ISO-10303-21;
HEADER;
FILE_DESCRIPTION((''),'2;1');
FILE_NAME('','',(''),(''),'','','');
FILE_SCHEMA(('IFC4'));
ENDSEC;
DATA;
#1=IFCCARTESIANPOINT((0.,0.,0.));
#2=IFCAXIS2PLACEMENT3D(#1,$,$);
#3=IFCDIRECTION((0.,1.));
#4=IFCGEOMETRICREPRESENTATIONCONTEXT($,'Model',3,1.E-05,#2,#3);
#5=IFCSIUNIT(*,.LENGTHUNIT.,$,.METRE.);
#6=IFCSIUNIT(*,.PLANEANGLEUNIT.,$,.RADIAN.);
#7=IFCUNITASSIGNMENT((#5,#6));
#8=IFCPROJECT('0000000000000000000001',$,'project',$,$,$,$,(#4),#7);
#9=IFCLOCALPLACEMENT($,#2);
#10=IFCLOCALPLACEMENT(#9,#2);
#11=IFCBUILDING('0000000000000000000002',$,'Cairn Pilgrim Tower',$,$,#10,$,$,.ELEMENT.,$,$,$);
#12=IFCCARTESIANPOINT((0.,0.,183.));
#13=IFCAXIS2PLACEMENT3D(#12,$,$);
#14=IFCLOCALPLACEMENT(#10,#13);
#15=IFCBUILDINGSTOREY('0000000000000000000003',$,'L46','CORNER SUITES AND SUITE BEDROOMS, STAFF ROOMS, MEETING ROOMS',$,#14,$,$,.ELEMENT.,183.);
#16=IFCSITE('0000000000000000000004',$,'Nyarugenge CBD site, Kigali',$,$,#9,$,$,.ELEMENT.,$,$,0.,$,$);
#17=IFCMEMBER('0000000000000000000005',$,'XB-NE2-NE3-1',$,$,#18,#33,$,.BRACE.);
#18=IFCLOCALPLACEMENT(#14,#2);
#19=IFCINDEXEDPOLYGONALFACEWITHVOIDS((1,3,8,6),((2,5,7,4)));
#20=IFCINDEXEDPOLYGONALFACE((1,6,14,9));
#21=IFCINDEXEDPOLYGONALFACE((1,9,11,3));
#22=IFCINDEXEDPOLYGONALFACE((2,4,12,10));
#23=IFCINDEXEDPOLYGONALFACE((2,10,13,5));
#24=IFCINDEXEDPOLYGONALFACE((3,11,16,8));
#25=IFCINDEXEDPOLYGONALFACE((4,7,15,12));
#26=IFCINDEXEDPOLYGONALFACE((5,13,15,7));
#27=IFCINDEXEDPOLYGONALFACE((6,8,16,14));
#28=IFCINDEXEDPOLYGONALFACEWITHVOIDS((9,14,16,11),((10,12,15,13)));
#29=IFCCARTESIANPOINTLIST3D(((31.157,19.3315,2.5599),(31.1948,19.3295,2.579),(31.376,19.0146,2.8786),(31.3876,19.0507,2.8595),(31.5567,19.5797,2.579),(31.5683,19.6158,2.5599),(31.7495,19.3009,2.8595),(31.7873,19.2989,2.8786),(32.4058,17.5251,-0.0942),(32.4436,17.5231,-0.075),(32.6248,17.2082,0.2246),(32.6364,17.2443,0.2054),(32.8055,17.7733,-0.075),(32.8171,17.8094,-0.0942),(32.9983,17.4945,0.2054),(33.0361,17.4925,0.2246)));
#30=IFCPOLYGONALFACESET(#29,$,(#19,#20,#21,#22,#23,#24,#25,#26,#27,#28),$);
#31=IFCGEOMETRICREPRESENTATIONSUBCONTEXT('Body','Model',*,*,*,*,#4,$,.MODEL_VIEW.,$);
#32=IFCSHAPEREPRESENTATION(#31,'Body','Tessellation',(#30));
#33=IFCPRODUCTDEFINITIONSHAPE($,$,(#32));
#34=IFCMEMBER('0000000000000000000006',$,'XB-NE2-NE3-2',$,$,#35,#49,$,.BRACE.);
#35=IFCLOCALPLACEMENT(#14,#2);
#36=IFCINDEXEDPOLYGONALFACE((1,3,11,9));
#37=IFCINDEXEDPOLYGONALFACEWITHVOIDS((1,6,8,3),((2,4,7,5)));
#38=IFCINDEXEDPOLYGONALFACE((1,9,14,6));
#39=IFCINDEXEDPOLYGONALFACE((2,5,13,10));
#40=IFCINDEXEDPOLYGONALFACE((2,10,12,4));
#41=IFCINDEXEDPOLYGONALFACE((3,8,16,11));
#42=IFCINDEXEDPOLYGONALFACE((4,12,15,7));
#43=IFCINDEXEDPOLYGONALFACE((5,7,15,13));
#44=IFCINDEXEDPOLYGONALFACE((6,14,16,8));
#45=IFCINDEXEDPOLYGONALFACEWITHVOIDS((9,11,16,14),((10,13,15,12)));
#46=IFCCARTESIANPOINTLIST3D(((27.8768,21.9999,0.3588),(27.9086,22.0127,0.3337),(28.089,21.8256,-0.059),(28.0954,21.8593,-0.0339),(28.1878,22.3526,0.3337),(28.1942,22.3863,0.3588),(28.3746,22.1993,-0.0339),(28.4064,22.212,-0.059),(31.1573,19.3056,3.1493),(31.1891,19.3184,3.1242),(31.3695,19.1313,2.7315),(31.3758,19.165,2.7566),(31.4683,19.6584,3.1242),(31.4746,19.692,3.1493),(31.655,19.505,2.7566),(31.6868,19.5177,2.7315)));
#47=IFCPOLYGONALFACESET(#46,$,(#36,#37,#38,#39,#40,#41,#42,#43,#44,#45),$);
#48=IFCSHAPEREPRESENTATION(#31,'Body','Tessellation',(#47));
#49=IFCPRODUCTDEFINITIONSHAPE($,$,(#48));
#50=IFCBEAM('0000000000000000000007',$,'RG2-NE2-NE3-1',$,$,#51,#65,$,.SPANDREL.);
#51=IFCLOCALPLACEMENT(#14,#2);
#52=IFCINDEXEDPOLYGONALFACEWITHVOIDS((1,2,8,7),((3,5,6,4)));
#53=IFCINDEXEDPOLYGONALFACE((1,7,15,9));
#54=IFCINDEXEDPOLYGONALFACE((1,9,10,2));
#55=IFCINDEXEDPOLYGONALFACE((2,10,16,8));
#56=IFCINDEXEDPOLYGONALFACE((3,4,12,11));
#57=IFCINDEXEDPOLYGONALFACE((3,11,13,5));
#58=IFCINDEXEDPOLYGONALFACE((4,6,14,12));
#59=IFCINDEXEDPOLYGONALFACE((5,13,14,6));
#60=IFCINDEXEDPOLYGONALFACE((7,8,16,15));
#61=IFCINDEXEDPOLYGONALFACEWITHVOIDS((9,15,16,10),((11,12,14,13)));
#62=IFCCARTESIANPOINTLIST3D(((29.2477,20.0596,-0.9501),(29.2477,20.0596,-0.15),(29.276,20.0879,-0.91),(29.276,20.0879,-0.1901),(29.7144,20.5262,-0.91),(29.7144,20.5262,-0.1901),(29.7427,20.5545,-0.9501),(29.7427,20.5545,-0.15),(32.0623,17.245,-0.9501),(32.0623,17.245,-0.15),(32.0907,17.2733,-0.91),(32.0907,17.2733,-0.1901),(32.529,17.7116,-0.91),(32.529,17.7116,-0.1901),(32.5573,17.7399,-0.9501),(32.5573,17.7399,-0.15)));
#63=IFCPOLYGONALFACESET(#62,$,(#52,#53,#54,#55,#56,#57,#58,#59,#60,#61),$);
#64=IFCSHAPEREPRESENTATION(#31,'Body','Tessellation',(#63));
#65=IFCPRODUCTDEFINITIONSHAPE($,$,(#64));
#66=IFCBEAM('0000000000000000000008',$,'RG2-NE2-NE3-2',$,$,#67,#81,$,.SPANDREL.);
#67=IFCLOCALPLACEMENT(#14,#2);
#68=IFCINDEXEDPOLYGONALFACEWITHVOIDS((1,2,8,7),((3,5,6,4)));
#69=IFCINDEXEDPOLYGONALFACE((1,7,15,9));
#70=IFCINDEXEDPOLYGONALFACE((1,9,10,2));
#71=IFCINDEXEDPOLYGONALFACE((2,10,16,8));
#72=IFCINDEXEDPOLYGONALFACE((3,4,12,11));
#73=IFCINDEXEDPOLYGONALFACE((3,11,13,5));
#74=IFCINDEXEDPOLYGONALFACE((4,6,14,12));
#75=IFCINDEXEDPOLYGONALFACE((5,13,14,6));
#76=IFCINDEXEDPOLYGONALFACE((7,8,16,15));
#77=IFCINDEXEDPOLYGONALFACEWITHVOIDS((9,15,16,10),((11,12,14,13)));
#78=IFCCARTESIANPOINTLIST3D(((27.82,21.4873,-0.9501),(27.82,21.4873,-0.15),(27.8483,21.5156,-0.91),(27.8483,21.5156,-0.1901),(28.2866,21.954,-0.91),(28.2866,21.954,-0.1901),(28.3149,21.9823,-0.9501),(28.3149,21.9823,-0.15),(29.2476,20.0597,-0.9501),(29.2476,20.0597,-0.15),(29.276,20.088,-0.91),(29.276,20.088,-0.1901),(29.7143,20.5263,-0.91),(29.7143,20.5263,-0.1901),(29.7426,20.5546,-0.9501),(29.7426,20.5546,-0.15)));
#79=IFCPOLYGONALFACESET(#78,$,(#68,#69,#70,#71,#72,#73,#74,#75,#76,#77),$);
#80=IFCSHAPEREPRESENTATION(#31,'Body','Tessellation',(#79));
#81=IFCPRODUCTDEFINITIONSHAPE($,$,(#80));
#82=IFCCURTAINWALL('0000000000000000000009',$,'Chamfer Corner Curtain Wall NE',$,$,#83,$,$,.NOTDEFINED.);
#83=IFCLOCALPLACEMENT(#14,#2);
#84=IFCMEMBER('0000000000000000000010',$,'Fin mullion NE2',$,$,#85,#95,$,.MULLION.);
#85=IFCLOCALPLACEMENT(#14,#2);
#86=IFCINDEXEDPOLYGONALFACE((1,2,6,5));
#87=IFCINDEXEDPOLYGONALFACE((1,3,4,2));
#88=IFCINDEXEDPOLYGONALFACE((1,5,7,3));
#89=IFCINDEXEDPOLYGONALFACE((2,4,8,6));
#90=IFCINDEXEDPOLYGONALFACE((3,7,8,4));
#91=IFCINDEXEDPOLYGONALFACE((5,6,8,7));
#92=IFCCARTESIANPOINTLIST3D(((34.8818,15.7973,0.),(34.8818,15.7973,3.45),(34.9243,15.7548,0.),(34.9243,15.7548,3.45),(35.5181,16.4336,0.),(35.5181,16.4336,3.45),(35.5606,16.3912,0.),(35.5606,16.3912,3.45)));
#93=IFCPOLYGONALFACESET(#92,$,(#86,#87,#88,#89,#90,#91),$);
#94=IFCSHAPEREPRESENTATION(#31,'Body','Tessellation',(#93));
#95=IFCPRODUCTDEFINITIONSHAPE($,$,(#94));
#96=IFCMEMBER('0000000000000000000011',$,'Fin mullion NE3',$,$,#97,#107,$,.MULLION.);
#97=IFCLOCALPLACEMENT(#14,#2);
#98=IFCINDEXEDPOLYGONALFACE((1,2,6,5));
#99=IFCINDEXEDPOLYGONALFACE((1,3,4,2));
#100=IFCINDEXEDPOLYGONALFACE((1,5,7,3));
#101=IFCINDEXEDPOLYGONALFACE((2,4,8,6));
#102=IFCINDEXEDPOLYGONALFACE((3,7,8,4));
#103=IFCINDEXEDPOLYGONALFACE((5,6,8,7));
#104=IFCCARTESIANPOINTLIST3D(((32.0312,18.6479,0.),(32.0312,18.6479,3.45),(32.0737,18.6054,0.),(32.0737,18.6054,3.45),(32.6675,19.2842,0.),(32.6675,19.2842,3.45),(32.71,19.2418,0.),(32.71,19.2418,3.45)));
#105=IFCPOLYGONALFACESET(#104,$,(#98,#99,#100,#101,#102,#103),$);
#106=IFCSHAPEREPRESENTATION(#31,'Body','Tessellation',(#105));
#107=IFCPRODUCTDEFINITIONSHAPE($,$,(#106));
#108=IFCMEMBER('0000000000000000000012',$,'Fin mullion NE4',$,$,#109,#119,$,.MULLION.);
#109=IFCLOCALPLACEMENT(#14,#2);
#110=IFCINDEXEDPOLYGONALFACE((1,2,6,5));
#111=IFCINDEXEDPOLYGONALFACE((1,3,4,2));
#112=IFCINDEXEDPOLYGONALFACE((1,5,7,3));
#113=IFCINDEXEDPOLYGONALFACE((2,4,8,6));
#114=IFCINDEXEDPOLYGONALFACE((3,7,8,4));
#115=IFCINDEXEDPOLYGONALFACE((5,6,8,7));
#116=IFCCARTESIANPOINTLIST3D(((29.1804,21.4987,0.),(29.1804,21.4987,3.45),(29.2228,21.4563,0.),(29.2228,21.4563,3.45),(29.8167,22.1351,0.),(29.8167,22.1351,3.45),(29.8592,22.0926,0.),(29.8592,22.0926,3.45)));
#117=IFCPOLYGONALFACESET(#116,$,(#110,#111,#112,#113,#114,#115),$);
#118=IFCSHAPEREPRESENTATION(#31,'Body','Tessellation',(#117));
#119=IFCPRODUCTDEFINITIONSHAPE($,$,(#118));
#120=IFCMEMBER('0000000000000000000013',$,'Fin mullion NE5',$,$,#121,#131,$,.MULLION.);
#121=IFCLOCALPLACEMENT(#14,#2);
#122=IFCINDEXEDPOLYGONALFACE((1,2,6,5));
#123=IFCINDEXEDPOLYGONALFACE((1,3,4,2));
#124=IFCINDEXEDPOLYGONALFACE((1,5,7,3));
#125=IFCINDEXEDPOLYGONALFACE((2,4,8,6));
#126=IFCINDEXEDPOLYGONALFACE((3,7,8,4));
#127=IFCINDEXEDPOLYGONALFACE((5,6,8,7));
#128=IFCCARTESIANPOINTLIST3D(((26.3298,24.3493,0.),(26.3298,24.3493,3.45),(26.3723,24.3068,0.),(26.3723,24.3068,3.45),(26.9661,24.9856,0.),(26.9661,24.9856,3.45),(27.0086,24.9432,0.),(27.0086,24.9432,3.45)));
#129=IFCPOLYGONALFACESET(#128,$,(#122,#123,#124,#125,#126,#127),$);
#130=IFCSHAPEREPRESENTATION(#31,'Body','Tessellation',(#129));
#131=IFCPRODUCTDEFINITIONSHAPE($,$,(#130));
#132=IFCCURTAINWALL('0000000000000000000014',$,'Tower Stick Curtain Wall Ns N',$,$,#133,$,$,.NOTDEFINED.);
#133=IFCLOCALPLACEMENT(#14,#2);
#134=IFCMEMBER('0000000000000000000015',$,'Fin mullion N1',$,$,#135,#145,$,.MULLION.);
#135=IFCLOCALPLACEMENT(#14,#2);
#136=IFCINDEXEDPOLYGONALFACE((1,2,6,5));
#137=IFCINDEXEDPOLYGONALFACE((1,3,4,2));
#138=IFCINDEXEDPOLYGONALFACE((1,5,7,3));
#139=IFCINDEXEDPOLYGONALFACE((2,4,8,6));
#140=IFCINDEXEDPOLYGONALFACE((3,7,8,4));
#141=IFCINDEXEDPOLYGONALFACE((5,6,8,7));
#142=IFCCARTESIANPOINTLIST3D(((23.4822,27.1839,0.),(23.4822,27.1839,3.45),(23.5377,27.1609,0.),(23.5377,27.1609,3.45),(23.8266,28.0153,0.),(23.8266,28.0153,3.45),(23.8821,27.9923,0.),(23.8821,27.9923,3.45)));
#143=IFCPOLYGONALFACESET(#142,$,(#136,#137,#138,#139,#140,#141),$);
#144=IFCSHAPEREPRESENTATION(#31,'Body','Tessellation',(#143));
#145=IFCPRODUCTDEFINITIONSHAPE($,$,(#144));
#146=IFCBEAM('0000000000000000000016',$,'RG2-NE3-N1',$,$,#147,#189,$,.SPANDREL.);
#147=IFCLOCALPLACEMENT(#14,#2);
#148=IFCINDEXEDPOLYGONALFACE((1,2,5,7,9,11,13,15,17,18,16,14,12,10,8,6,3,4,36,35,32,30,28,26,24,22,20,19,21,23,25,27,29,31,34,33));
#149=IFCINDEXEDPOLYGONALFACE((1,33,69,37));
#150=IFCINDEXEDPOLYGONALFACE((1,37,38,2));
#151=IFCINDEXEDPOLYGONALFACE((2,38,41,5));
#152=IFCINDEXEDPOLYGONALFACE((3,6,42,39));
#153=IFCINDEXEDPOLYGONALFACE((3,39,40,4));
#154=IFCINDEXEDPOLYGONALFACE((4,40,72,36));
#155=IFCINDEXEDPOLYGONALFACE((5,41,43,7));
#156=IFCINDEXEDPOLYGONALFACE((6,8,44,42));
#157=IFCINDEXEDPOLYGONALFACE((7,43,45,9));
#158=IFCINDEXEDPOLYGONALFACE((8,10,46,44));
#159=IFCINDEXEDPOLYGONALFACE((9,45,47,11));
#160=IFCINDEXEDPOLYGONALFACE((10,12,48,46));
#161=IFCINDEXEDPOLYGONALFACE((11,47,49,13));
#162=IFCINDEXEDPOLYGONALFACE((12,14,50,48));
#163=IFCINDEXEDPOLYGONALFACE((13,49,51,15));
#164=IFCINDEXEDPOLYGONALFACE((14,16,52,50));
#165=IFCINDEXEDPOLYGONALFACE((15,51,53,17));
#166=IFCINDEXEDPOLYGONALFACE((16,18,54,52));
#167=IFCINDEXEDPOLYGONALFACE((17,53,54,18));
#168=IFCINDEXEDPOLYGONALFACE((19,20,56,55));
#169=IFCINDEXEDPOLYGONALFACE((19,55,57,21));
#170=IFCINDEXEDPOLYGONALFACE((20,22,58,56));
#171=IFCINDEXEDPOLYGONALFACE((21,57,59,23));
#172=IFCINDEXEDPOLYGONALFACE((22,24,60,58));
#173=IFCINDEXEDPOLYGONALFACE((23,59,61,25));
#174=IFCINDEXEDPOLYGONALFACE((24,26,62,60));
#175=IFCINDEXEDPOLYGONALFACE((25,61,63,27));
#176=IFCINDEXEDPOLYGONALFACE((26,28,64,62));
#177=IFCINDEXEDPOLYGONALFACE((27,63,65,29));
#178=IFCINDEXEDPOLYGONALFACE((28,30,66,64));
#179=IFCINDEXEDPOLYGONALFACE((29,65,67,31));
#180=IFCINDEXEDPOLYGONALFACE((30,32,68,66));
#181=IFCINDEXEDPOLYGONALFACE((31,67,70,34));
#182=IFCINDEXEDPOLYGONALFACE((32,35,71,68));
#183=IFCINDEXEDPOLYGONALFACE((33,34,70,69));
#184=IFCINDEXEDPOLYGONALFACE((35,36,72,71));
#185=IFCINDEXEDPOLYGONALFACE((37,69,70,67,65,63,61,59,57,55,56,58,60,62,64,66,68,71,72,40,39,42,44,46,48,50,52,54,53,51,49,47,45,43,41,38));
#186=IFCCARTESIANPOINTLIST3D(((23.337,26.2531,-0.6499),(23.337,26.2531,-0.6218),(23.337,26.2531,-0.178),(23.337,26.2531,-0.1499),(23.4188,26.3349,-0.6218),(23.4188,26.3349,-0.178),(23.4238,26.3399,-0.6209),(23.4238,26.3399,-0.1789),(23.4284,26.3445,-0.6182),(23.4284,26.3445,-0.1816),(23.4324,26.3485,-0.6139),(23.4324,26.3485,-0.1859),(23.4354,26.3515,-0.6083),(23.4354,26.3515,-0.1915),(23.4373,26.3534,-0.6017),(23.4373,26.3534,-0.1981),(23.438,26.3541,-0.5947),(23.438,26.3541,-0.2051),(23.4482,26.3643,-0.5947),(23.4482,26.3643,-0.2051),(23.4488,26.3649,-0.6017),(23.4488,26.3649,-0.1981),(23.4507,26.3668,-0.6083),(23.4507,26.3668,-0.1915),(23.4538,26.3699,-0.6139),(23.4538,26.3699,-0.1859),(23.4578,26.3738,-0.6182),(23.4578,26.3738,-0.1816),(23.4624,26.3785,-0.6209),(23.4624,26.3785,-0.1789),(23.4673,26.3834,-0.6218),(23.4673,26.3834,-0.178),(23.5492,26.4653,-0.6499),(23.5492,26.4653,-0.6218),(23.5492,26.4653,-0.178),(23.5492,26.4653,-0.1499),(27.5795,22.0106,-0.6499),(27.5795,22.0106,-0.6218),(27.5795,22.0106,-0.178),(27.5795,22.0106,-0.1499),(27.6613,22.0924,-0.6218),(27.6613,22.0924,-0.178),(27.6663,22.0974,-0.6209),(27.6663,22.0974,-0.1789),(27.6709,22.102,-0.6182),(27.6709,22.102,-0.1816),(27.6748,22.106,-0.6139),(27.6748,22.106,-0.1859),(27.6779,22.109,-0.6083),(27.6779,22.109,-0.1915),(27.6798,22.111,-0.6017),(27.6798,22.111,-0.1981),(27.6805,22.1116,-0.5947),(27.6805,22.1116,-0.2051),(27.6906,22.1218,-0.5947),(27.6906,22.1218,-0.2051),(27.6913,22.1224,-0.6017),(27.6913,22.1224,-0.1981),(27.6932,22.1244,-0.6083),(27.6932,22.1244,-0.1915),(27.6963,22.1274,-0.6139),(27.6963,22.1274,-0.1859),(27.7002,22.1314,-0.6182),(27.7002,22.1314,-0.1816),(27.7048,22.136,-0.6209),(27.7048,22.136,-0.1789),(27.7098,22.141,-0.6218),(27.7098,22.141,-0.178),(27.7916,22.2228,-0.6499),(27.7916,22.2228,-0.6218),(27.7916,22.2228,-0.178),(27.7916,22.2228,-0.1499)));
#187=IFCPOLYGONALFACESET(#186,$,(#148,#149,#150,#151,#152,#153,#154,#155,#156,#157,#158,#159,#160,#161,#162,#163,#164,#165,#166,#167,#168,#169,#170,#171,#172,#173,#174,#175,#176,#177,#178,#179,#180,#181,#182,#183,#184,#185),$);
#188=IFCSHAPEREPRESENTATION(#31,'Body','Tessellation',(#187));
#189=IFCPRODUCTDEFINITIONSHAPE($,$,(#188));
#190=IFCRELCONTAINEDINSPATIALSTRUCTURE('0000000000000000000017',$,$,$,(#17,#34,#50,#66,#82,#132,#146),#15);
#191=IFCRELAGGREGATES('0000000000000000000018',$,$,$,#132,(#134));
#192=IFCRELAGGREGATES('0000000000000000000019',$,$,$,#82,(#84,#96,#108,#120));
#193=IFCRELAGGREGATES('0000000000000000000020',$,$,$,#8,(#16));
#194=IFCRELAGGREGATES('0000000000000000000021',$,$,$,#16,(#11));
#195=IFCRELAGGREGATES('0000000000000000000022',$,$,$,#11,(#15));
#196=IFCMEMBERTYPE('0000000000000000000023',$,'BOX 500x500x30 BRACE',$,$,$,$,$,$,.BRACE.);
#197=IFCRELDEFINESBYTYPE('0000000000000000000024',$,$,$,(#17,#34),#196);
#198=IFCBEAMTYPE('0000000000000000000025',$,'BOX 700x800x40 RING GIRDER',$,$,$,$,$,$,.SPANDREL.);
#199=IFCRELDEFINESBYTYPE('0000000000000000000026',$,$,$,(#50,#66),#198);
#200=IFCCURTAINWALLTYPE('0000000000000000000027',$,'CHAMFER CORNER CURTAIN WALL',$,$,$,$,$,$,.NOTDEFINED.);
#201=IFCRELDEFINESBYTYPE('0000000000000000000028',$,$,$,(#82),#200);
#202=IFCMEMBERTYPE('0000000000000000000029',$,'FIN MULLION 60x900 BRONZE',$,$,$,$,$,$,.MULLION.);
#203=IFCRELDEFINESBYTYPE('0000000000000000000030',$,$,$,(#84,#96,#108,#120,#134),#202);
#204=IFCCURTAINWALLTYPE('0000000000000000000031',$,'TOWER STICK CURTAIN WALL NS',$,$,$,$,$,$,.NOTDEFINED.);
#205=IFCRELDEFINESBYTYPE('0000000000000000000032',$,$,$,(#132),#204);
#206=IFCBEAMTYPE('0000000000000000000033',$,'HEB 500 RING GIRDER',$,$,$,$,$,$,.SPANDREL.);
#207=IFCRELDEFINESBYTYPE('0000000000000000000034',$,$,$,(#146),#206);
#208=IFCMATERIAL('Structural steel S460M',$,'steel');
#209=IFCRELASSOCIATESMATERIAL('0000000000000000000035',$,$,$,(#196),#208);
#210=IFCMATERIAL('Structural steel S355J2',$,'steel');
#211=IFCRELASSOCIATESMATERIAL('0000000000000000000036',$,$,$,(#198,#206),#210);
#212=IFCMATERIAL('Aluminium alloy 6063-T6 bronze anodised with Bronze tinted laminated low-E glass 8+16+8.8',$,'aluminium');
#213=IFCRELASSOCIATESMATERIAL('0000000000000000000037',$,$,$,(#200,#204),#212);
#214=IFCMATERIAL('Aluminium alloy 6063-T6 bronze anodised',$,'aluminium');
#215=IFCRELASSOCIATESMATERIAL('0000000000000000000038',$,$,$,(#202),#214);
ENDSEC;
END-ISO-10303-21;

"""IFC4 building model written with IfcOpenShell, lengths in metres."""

from ifc_helpers import new_model, si_unit, direction, frame, origin, origin_2d, place, context, subcontext, project, spatial, rectangle, hollow_rectangle, i_section, extrude, material, material_profile, profile_set, type_object, element, aggregate, save


model = new_model("IFC4")

# Units and contexts
model_context = context("Model", 3, precision=1e-05, world=origin(), true_north=direction((0.0, 1.0)))
body_context = subcontext(model_context, "Body", "Model", "MODEL_VIEW")
ifc_project = project(units=[si_unit("LENGTHUNIT", "METRE"), si_unit("PLANEANGLEUNIT", "RADIAN")], contexts=[model_context])

# Site, building, storey
site_placement = place(None, origin())
site = spatial("IfcSite", under=ifc_project, at=site_placement, Name="Nyarugenge CBD site, Kigali", CompositionType="ELEMENT", RefElevation=0.0)
building_placement = place(site_placement, origin())
building = spatial("IfcBuilding", under=site, at=building_placement, Name="Cairn Pilgrim Tower", CompositionType="ELEMENT")
storey_placement = place(building_placement, frame((0.0, 0.0, 183.0)))
storey = spatial("IfcBuildingStorey", under=building, at=storey_placement, Name="L46", Description="CORNER SUITES AND SUITE BEDROOMS, STAFF ROOMS, MEETING ROOMS", CompositionType="ELEMENT", Elevation=183.0)

# Shared definitions
ifc_material_1 = material(Name="Structural steel S460M", Category="steel")

# Members
ifc_material_profile_1 = material_profile(ifc_material_1, hollow_rectangle(XDim=0.5, YDim=0.5, WallThickness=0.03, at=origin_2d()), Name="BOX 500x500x30")
ifc_profile_set_1 = profile_set([ifc_material_profile_1], Name="Structural steel S460M")
member_type_1 = type_object("IfcMemberType", Name="BOX 500x500x30 BRACE", PredefinedType="BRACE", material=ifc_profile_set_1)
member_1_placement = place(storey_placement, frame((32.7209, 17.5088, 0.0652), z_axis=(-0.362513, 0.524387, 0.770456), x_axis=(-0.822576, -0.568655, 0.0)))
element("IfcMember", 1, at=member_1_placement, inside=storey, type_object=member_type_1, Name="XB-NE2-NE3-1", PredefinedType="BRACE", context=body_context, shape_type="SweptSolid", body=[
    extrude(hollow_rectangle(XDim=0.5, YDim=0.5, WallThickness=0.03, at=origin_2d()), origin(), (0.0, 0.0, 1.0), 3.4448),
])
member_2_placement = place(storey_placement, frame((28.1416, 22.106, 0.1499), z_axis=(0.645748, -0.530362, 0.549296), x_axis=(0.634687, 0.77277, 0.0)))
element("IfcMember", 2, at=member_2_placement, inside=storey, type_object=member_type_1, Name="XB-NE2-NE3-2", PredefinedType="BRACE", context=body_context, shape_type="SweptSolid", body=[
    extrude(hollow_rectangle(XDim=0.5, YDim=0.5, WallThickness=0.03, at=origin_2d()), origin(), (0.0, 0.0, 1.0), 5.0801),
])

# Beams
ifc_material_2 = material(Name="Structural steel S355J2", Category="steel")
ifc_material_profile_2 = material_profile(ifc_material_2, hollow_rectangle(XDim=0.7, YDim=0.8, WallThickness=0.04, at=origin_2d()), Name="BOX 700x800x40")
ifc_profile_set_2 = profile_set([ifc_material_profile_2], Name="Structural steel S355J2")
beam_type_1 = type_object("IfcBeamType", Name="BOX 700x800x40 RING GIRDER", PredefinedType="SPANDREL", material=ifc_profile_set_2)
beam_1_placement = place(storey_placement, frame((32.3098, 17.4924, -0.55), z_axis=(-0.707107, 0.707107, 0.0), x_axis=(-0.707107, -0.707107, 0.0)))
element("IfcBeam", 3, at=beam_1_placement, inside=storey, type_object=beam_type_1, Name="RG2-NE2-NE3-1", PredefinedType="SPANDREL", context=body_context, shape_type="SweptSolid", body=[
    extrude(hollow_rectangle(XDim=0.7, YDim=0.8, WallThickness=0.04, at=origin_2d()), origin(), (0.0, 0.0, 1.0), 3.9805),
])
beam_2_placement = place(storey_placement, frame((29.4951, 20.3071, -0.55), z_axis=(-0.707107, 0.707107, 0.0), x_axis=(-0.707107, -0.707107, 0.0)))
element("IfcBeam", 4, at=beam_2_placement, inside=storey, type_object=beam_type_1, Name="RG2-NE2-NE3-2", PredefinedType="SPANDREL", context=body_context, shape_type="SweptSolid", body=[
    extrude(hollow_rectangle(XDim=0.7, YDim=0.8, WallThickness=0.04, at=origin_2d()), origin(), (0.0, 0.0, 1.0), 2.019),
])

# Curtain wall, members
ifc_material_3 = material(Name="Aluminium alloy 6063-T6 bronze anodised with Bronze tinted laminated low-E glass 8+16+8.8", Category="aluminium")
curtain_wall_type_1 = type_object("IfcCurtainWallType", Name="CHAMFER CORNER CURTAIN WALL", PredefinedType="NOTDEFINED", material=ifc_material_3)
curtain_wall_1_placement = place(storey_placement, origin())
curtain_wall_1 = element("IfcCurtainWall", 5, at=curtain_wall_1_placement, inside=storey, type_object=curtain_wall_type_1, Name="Chamfer Corner Curtain Wall NE", PredefinedType="NOTDEFINED")
ifc_material_4 = material(Name="Aluminium alloy 6063-T6 bronze anodised", Category="aluminium")
ifc_material_profile_3 = material_profile(ifc_material_4, rectangle(XDim=0.8999, YDim=0.0601, at=origin_2d()), Name="FIN MULLION 60x900 BRONZE")
ifc_profile_set_3 = profile_set([ifc_material_profile_3], Name="Aluminium alloy 6063-T6 bronze anodised")
member_type_2 = type_object("IfcMemberType", Name="FIN MULLION 60x900 BRONZE", PredefinedType="MULLION", material=ifc_profile_set_3)
member_3_placement = place(storey_placement, frame((35.2212, 16.0942, 0.0), z_axis=(0.0, 0.0, 1.0), x_axis=(0.707107, 0.707107, 0.0)))
member_3 = element("IfcMember", 6, at=member_3_placement, type_object=member_type_2, Name="Fin mullion NE2", PredefinedType="MULLION", context=body_context, shape_type="SweptSolid", body=[
    extrude(rectangle(XDim=0.8999, YDim=0.0601, at=origin_2d()), origin(), (0.0, 0.0, 1.0), 3.45),
])
member_4_placement = place(storey_placement, frame((32.3706, 18.9448, 0.0), z_axis=(0.0, 0.0, 1.0), x_axis=(0.707107, 0.707107, 0.0)))
member_4 = element("IfcMember", 7, at=member_4_placement, type_object=member_type_2, Name="Fin mullion NE3", PredefinedType="MULLION", context=body_context, shape_type="SweptSolid", body=[
    extrude(rectangle(XDim=0.8999, YDim=0.0601, at=origin_2d()), origin(), (0.0, 0.0, 1.0), 3.45),
])
member_5_placement = place(storey_placement, frame((29.5198, 21.7957, 0.0), z_axis=(0.0, 0.0, 1.0), x_axis=(0.707107, 0.707107, 0.0)))
member_5 = element("IfcMember", 8, at=member_5_placement, type_object=member_type_2, Name="Fin mullion NE4", PredefinedType="MULLION", context=body_context, shape_type="SweptSolid", body=[
    extrude(rectangle(XDim=0.8999, YDim=0.0601, at=origin_2d()), origin(), (0.0, 0.0, 1.0), 3.45),
])
member_6_placement = place(storey_placement, frame((26.6692, 24.6462, 0.0), z_axis=(0.0, 0.0, 1.0), x_axis=(0.707107, 0.707107, 0.0)))
member_6 = element("IfcMember", 9, at=member_6_placement, type_object=member_type_2, Name="Fin mullion NE5", PredefinedType="MULLION", context=body_context, shape_type="SweptSolid", body=[
    extrude(rectangle(XDim=0.8999, YDim=0.0601, at=origin_2d()), origin(), (0.0, 0.0, 1.0), 3.45),
])

# Curtain wall, member
curtain_wall_type_2 = type_object("IfcCurtainWallType", Name="TOWER STICK CURTAIN WALL NS", PredefinedType="NOTDEFINED", material=ifc_material_3)
curtain_wall_2_placement = place(storey_placement, origin())
curtain_wall_2 = element("IfcCurtainWall", 10, at=curtain_wall_2_placement, inside=storey, type_object=curtain_wall_type_2, Name="Tower Stick Curtain Wall Ns N", PredefinedType="NOTDEFINED")
member_7_placement = place(storey_placement, frame((23.6821, 27.5881, 0.0), z_axis=(0.0, 0.0, 1.0), x_axis=(0.382683, 0.92388, 0.0)))
member_7 = element("IfcMember", 11, at=member_7_placement, type_object=member_type_2, Name="Fin mullion N1", PredefinedType="MULLION", context=body_context, shape_type="SweptSolid", body=[
    extrude(rectangle(XDim=0.8999, YDim=0.0601, at=origin_2d()), origin(), (0.0, 0.0, 1.0), 3.45),
])
aggregate(curtain_wall_2, [member_7])

# Beam
ifc_material_profile_4 = material_profile(ifc_material_2, i_section(OverallWidth=0.3, OverallDepth=0.5, WebThickness=0.0144, FlangeThickness=0.0281, FilletRadius=0.0271, at=origin_2d()), Name="HEB 500")
ifc_profile_set_4 = profile_set([ifc_material_profile_4], Name="Structural steel S355J2")
beam_type_2 = type_object("IfcBeamType", Name="HEB 500 RING GIRDER", PredefinedType="SPANDREL", material=ifc_profile_set_4)
beam_3_placement = place(storey_placement, frame((27.6855, 22.1167, -0.3999), z_axis=(-0.707107, 0.707107, 0.0), x_axis=(-0.707107, -0.707107, 0.0)))
element("IfcBeam", 12, at=beam_3_placement, inside=storey, type_object=beam_type_2, Name="RG2-NE3-N1", PredefinedType="SPANDREL", context=body_context, shape_type="SweptSolid", body=[
    extrude(i_section(OverallWidth=0.3, OverallDepth=0.5, WebThickness=0.0144, FlangeThickness=0.0281, FilletRadius=0.0271, at=origin_2d()), origin(), (0.0, 0.0, 1.0), 5.9998),
])

aggregate(curtain_wall_1, [member_3, member_4, member_5, member_6])

save(model, "model.ifc")
